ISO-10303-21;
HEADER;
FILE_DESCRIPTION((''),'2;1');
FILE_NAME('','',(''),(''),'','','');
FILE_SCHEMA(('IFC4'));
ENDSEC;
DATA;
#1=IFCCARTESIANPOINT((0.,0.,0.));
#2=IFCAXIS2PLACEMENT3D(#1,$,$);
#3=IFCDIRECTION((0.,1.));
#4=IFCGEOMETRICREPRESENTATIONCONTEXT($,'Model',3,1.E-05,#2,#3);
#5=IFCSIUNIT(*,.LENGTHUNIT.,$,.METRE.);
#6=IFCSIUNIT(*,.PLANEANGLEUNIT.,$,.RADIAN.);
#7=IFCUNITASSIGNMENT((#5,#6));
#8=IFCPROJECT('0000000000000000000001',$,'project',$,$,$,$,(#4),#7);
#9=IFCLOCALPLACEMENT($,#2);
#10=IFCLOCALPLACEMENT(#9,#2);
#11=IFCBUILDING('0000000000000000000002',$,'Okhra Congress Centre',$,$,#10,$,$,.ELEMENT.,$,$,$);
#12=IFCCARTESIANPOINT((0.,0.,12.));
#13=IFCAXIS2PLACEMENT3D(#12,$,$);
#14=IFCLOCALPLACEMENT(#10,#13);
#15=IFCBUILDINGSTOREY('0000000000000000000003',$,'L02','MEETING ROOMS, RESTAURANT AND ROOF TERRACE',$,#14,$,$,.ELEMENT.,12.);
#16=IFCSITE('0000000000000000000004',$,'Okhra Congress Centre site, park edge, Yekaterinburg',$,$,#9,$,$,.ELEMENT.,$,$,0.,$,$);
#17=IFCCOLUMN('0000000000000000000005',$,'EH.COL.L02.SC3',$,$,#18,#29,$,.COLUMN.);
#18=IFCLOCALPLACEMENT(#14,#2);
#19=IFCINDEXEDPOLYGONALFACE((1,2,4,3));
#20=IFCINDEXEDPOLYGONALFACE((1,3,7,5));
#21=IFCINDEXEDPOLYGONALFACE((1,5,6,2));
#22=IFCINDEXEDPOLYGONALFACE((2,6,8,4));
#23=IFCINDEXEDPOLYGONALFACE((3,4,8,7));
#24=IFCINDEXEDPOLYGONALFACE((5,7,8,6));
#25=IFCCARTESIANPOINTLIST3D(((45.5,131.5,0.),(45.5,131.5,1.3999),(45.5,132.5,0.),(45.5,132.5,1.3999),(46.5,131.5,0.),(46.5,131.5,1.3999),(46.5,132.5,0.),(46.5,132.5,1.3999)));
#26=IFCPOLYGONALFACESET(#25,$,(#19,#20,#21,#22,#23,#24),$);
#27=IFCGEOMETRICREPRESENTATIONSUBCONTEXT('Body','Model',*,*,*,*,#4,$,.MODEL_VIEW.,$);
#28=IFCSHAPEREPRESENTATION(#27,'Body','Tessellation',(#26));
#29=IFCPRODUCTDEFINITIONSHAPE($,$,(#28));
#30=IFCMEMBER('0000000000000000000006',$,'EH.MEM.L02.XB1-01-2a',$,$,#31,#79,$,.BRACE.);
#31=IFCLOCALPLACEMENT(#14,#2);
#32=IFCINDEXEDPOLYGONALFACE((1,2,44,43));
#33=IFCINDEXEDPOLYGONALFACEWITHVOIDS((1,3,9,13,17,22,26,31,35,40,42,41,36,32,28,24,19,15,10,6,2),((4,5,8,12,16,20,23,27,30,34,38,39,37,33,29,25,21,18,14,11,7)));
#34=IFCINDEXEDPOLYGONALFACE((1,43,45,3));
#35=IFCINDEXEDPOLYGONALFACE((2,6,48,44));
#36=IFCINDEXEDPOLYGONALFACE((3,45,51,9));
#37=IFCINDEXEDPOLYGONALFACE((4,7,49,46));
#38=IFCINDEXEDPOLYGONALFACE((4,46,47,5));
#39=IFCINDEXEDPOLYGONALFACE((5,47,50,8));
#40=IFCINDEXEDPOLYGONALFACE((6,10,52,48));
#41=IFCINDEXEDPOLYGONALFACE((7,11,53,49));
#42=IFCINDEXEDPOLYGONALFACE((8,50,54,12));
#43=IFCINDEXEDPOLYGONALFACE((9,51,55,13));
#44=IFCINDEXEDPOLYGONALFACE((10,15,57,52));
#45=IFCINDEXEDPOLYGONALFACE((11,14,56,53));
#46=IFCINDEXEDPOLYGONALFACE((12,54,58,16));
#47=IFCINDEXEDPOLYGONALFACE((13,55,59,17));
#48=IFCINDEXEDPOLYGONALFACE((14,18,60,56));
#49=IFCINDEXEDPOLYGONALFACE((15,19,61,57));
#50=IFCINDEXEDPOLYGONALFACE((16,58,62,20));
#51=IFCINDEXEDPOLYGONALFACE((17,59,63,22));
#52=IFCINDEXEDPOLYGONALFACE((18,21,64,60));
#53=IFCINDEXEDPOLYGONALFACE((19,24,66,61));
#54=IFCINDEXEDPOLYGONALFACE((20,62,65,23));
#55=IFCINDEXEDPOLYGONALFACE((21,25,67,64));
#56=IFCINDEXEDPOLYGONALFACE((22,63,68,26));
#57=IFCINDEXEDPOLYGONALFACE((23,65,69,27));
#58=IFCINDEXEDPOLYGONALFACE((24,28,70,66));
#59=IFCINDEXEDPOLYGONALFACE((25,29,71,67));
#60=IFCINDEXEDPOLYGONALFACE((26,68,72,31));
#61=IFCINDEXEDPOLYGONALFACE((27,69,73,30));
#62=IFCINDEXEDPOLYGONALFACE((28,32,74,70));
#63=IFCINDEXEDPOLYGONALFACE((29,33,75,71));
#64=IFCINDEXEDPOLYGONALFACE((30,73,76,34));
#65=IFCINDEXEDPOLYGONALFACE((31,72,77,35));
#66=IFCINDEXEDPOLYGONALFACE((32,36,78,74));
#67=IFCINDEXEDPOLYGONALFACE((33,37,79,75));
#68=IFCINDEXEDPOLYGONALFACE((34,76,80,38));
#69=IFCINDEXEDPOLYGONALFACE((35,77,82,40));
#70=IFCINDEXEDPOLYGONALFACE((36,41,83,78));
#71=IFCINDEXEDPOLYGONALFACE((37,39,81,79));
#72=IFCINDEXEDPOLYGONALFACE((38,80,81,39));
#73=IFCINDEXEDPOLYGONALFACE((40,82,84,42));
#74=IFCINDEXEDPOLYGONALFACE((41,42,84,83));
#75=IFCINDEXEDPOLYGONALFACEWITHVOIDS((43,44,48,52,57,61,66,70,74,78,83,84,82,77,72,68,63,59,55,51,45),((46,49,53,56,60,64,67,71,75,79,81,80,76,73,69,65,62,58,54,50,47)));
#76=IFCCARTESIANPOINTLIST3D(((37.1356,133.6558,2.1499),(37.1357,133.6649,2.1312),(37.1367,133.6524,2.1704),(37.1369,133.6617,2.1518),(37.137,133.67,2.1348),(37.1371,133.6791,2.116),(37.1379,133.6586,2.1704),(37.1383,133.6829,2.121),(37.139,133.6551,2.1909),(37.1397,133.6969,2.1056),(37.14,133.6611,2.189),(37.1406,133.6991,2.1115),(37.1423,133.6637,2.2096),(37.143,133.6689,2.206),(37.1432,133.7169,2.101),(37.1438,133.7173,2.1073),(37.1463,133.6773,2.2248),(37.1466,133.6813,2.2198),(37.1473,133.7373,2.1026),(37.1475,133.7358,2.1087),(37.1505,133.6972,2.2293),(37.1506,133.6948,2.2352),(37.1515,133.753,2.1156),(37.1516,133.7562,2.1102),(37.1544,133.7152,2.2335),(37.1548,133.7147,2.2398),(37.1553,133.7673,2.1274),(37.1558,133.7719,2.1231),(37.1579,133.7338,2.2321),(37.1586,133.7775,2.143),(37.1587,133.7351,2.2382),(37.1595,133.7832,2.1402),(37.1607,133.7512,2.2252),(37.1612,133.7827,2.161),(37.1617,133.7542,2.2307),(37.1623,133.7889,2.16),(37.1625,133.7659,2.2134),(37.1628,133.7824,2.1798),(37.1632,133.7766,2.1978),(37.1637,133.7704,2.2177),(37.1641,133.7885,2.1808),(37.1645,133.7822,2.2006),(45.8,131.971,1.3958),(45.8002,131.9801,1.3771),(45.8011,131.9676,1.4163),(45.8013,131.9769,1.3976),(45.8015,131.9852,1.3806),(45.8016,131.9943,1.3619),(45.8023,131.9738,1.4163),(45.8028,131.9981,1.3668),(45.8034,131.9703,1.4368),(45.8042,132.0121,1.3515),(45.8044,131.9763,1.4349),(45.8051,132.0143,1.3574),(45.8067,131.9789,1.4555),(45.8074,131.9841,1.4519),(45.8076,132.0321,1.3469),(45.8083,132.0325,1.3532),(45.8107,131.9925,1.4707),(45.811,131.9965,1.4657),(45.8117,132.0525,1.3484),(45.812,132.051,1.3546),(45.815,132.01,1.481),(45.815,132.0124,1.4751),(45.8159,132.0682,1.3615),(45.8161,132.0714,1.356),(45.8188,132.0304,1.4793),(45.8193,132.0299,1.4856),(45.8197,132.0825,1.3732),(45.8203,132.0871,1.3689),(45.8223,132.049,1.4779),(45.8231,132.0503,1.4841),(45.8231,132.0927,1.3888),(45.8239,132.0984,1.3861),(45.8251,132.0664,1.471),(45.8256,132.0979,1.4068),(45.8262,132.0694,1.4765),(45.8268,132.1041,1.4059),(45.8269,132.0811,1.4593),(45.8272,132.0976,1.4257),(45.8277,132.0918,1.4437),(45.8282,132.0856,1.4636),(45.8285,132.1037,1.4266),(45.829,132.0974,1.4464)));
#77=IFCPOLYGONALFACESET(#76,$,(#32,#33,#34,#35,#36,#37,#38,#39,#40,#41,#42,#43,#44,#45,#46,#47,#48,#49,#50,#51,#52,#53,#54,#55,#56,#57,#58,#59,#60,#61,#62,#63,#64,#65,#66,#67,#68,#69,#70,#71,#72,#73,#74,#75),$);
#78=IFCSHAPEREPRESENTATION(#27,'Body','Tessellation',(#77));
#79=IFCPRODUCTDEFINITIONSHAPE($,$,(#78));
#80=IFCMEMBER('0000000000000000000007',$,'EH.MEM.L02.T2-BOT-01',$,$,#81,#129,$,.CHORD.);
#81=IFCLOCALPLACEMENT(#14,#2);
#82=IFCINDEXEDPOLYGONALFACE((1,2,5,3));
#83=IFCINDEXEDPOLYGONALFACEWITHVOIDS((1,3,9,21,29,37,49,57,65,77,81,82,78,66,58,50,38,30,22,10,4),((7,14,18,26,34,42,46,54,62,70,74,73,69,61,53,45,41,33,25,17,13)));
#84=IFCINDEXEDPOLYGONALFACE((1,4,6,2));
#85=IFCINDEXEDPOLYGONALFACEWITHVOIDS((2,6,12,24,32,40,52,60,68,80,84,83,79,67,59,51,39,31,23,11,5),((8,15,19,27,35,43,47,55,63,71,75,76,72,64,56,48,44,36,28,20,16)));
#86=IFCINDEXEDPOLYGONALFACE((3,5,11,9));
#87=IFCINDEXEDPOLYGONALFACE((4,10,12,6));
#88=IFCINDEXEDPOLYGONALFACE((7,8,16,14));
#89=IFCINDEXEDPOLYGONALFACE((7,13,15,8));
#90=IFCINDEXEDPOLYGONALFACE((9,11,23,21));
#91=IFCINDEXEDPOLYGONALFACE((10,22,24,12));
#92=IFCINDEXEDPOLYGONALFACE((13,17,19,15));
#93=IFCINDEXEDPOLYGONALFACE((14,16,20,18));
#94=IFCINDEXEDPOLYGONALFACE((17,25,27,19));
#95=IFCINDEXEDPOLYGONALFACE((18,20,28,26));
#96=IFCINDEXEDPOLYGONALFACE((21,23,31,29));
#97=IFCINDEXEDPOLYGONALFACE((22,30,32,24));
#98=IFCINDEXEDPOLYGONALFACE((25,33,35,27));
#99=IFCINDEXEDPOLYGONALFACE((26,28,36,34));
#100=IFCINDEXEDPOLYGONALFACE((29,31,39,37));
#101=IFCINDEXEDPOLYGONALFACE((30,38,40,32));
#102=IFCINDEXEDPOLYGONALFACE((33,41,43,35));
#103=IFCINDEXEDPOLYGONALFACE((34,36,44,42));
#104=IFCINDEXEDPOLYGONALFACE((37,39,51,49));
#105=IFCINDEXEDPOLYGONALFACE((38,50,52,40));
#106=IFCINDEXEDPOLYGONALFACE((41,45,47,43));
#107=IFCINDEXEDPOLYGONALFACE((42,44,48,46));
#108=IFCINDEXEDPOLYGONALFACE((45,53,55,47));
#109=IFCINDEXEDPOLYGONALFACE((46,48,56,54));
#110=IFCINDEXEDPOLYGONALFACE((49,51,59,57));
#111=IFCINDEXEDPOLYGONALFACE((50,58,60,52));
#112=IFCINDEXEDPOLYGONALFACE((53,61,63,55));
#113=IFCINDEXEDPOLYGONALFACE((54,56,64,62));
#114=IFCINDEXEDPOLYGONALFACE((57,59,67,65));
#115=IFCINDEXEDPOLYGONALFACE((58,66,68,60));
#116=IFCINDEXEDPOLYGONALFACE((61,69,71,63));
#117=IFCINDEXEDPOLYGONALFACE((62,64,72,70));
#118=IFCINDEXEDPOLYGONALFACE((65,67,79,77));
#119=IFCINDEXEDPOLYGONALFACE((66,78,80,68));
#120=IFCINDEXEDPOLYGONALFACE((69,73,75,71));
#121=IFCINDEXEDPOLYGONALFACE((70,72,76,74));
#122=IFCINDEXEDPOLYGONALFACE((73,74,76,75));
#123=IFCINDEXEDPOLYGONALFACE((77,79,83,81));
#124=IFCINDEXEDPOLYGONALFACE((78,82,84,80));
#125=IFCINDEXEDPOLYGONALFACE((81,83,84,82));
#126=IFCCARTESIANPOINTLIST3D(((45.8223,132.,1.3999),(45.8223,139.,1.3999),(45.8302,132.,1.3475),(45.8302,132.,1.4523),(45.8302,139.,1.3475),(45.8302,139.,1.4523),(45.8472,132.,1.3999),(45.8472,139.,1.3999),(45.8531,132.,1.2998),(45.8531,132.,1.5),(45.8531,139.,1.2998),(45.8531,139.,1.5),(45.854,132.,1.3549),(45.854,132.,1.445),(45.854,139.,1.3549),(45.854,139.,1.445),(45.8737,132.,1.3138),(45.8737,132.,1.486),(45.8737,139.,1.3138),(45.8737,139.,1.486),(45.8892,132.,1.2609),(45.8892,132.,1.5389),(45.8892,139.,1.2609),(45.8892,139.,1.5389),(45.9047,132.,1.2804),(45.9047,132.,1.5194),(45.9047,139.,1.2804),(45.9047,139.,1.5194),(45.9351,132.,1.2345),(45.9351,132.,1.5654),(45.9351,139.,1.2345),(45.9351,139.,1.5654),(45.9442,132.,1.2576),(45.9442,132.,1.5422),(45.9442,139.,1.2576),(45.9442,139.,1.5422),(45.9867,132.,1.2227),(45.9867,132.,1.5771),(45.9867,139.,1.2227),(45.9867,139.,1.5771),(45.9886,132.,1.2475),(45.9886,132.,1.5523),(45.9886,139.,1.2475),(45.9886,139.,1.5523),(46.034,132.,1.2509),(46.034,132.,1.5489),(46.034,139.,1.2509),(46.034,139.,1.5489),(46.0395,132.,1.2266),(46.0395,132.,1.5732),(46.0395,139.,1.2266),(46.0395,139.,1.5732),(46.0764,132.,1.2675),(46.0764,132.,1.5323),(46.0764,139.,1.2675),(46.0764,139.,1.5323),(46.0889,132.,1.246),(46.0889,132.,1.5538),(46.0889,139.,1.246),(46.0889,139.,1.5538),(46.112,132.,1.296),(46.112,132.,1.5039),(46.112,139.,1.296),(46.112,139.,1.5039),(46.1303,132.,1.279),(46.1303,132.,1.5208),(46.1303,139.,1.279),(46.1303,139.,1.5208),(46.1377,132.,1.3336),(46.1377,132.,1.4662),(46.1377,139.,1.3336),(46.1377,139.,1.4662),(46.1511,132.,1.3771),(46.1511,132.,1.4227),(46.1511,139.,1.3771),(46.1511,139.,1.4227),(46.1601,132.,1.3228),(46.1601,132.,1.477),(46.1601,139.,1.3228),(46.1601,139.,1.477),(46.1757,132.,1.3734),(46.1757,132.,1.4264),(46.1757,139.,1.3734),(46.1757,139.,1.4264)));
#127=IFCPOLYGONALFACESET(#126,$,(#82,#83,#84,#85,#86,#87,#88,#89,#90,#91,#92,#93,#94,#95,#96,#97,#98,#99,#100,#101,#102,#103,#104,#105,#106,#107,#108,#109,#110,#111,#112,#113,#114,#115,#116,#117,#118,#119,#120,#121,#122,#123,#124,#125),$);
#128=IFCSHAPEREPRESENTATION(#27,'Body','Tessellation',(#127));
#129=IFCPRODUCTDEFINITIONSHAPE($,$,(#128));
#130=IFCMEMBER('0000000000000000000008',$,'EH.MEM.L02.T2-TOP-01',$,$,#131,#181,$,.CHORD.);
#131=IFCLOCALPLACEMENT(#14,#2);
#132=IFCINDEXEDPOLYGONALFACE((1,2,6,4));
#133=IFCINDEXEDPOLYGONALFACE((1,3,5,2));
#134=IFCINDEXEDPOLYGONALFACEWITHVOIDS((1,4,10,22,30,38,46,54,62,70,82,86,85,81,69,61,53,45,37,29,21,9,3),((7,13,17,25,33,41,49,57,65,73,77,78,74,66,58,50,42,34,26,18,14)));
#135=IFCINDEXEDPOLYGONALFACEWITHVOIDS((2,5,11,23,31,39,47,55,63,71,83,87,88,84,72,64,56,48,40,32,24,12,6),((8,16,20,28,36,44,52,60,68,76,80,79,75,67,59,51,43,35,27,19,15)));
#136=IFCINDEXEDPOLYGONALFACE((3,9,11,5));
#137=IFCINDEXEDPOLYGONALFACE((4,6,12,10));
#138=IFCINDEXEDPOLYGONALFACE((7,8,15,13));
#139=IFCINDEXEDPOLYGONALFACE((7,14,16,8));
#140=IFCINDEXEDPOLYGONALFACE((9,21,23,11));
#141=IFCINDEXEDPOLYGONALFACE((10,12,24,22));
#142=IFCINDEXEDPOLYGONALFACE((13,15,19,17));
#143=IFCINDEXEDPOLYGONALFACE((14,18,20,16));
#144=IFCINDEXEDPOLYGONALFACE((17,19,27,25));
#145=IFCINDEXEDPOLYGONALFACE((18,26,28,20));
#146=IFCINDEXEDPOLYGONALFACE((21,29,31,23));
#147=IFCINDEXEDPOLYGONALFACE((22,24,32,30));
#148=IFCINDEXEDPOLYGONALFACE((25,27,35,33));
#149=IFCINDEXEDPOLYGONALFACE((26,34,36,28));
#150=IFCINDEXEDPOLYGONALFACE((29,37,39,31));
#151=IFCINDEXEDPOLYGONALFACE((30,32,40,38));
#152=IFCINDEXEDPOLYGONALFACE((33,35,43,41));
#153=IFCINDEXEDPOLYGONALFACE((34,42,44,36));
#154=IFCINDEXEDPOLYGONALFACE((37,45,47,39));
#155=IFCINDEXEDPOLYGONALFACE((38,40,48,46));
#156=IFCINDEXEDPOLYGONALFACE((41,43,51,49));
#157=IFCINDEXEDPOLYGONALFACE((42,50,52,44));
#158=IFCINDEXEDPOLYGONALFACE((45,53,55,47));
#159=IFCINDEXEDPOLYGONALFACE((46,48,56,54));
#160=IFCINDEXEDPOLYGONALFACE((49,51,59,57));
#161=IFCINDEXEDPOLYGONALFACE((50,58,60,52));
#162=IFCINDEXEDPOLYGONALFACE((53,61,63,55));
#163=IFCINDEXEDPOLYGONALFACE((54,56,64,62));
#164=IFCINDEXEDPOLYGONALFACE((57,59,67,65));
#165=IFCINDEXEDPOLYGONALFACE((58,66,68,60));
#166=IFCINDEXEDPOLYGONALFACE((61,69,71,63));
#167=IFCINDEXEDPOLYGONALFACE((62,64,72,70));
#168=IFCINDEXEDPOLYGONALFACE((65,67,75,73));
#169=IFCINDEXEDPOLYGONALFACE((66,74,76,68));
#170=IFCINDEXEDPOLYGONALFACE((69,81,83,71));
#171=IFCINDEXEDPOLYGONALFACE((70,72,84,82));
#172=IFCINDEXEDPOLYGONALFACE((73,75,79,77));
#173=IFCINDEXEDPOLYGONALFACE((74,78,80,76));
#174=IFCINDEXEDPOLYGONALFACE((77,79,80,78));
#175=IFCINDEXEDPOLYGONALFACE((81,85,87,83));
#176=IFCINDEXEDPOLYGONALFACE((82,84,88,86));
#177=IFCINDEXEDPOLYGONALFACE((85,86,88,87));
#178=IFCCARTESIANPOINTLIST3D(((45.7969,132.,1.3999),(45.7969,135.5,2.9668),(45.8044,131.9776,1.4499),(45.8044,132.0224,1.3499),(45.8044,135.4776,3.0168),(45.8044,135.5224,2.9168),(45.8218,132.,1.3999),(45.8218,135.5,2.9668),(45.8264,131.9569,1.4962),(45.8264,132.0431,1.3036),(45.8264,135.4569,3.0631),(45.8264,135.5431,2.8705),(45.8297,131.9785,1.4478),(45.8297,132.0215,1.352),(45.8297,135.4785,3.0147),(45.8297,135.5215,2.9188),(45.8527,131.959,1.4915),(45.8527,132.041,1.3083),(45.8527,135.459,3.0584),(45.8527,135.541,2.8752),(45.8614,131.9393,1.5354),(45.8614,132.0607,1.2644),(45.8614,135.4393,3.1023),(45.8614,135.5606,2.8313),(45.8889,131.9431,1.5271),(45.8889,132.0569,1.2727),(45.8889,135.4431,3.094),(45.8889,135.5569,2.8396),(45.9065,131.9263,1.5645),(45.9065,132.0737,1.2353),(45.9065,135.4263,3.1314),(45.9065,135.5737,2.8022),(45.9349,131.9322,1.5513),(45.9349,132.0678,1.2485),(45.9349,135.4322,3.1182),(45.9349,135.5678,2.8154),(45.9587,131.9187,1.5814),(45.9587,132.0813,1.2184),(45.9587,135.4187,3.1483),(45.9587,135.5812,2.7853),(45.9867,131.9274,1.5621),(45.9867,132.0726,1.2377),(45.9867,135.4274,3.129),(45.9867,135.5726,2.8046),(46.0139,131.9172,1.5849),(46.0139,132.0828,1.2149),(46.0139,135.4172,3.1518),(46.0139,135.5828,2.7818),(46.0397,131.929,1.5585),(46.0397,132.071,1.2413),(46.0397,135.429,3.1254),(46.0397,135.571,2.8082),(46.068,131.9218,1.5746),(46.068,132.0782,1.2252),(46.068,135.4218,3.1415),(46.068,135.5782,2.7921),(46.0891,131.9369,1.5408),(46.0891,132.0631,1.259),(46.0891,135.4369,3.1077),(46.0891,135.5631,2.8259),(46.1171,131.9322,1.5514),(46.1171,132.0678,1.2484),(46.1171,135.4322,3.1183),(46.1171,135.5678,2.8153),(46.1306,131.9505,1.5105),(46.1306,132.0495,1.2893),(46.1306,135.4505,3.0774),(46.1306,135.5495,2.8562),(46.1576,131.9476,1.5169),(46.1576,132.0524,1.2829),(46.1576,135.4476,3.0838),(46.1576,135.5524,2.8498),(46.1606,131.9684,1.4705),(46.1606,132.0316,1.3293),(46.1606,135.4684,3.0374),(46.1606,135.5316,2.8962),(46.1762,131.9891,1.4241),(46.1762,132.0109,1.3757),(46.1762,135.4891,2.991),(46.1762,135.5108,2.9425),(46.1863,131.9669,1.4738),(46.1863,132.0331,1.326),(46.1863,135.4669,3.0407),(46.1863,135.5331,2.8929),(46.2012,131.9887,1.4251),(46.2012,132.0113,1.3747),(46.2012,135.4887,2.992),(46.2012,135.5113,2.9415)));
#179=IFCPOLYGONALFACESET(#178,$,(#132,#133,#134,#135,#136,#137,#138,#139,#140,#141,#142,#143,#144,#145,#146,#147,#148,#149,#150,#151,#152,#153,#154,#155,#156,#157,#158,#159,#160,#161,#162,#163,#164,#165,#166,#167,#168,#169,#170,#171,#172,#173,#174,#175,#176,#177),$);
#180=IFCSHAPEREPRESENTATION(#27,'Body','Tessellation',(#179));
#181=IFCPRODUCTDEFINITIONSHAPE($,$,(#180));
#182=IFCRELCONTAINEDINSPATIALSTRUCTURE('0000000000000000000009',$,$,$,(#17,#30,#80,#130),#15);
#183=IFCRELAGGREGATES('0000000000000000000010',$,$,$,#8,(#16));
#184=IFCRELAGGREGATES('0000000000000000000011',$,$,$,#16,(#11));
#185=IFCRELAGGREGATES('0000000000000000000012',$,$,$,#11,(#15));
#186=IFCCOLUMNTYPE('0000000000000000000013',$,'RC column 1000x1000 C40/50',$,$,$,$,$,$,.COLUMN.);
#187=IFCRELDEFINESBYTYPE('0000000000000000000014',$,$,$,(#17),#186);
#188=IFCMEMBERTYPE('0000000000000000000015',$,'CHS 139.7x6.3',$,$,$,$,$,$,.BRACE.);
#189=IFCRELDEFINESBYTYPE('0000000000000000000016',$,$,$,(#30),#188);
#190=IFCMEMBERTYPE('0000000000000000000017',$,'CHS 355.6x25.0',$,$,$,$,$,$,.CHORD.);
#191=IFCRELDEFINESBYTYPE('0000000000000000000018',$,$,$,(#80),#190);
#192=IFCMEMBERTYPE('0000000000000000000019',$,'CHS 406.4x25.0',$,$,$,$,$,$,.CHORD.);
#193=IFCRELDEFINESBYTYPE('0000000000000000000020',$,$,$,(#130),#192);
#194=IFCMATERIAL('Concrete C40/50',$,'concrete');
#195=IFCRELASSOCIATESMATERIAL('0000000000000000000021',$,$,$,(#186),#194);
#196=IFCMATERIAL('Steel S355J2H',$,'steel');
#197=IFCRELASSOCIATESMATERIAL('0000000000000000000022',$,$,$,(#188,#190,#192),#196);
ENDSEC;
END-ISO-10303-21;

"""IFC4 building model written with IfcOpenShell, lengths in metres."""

from ifc_helpers import new_model, si_unit, direction, frame, origin, origin_2d, place, context, subcontext, project, spatial, rectangle, hollow_circle, extrude, material, material_profile, profile_set, type_object, element, save


model = new_model("IFC4")

# Units and contexts
model_context = context("Model", 3, precision=1e-05, world=origin(), true_north=direction((0.0, 1.0)))
body_context = subcontext(model_context, "Body", "Model", "MODEL_VIEW")
ifc_project = project(units=[si_unit("LENGTHUNIT", "METRE"), si_unit("PLANEANGLEUNIT", "RADIAN")], contexts=[model_context])

# Site, building, storey
site_placement = place(None, origin())
site = spatial("IfcSite", under=ifc_project, at=site_placement, Name="Okhra Congress Centre site, park edge, Yekaterinburg", CompositionType="ELEMENT", RefElevation=0.0)
building_placement = place(site_placement, origin())
building = spatial("IfcBuilding", under=site, at=building_placement, Name="Okhra Congress Centre", CompositionType="ELEMENT")
storey_placement = place(building_placement, frame((0.0, 0.0, 12.0)))
storey = spatial("IfcBuildingStorey", under=building, at=storey_placement, Name="L02", Description="MEETING ROOMS, RESTAURANT AND ROOF TERRACE", CompositionType="ELEMENT", Elevation=12.0)

# Column
ifc_material_1 = material(Name="Concrete C40/50", Category="concrete")
ifc_material_profile_1 = material_profile(ifc_material_1, rectangle(XDim=1.0, YDim=1.0, at=origin_2d()), Name="RC 1000x1000")
ifc_profile_set_1 = profile_set([ifc_material_profile_1], Name="Concrete C40/50")
column_type = type_object("IfcColumnType", Name="RC column 1000x1000 C40/50", PredefinedType="COLUMN", material=ifc_profile_set_1)
column_placement = place(storey_placement, frame((46.0, 132.0, 0.0), z_axis=(0.0, 0.0, 1.0), x_axis=(1.0, 0.0, 0.0)))
element("IfcColumn", 1, at=column_placement, inside=storey, type_object=column_type, Name="EH.COL.L02.SC3", PredefinedType="COLUMN", context=body_context, shape_type="SweptSolid", body=[
    extrude(rectangle(XDim=1.0, YDim=1.0, at=origin_2d()), origin(), (0.0, 0.0, 1.0), 1.3999),
])

# Members
ifc_material_2 = material(Name="Steel S355J2H", Category="steel")
ifc_material_profile_2 = material_profile(ifc_material_2, hollow_circle(Radius=0.0698, WallThickness=0.0063, at=origin_2d()), Name="CHS 139.7x6.3")
ifc_profile_set_2 = profile_set([ifc_material_profile_2], Name="Steel S355J2H")
member_type_1 = type_object("IfcMemberType", Name="CHS 139.7x6.3", PredefinedType="BRACE", material=ifc_profile_set_2)
member_1_placement = place(storey_placement, frame((45.8145, 132.0361, 1.4163), z_axis=(-0.978051, 0.190181, 0.085128), x_axis=(-0.190874, -0.981615, 0.0)))
element("IfcMember", 2, at=member_1_placement, inside=storey, type_object=member_type_1, Name="EH.MEM.L02.XB1-01-2a", PredefinedType="BRACE", context=body_context, shape_type="SweptSolid", body=[
    extrude(hollow_circle(Radius=0.0698, WallThickness=0.0063, at=origin_2d()), origin(), (0.0, 0.0, 1.0), 8.8589),
])
ifc_material_profile_3 = material_profile(ifc_material_2, hollow_circle(Radius=0.1777, WallThickness=0.0249, at=origin_2d()), Name="CHS 355.6x25.0")
ifc_profile_set_3 = profile_set([ifc_material_profile_3], Name="Steel S355J2H")
member_type_2 = type_object("IfcMemberType", Name="CHS 355.6x25.0", PredefinedType="CHORD", material=ifc_profile_set_3)
member_2_placement = place(storey_placement, frame((46.0, 132.0, 1.3999), z_axis=(0.0, 1.0, 0.0), x_axis=(-1.0, 0.0, 0.0)))
element("IfcMember", 3, at=member_2_placement, inside=storey, type_object=member_type_2, Name="EH.MEM.L02.T2-BOT-01", PredefinedType="CHORD", context=body_context, shape_type="SweptSolid", body=[
    extrude(hollow_circle(Radius=0.1777, WallThickness=0.0249, at=origin_2d()), origin(), (0.0, 0.0, 1.0), 7.0),
])
ifc_material_profile_4 = material_profile(ifc_material_2, hollow_circle(Radius=0.2031, WallThickness=0.0249, at=origin_2d()), Name="CHS 406.4x25.0")
ifc_profile_set_4 = profile_set([ifc_material_profile_4], Name="Steel S355J2H")
member_type_3 = type_object("IfcMemberType", Name="CHS 406.4x25.0", PredefinedType="CHORD", material=ifc_profile_set_4)
member_3_placement = place(storey_placement, frame((46.0, 132.0, 1.3999), z_axis=(0.0, 0.912711, 0.408606), x_axis=(-1.0, 0.0, 0.0)))
element("IfcMember", 4, at=member_3_placement, inside=storey, type_object=member_type_3, Name="EH.MEM.L02.T2-TOP-01", PredefinedType="CHORD", context=body_context, shape_type="SweptSolid", body=[
    extrude(hollow_circle(Radius=0.2031, WallThickness=0.0249, at=origin_2d()), origin(), (0.0, 0.0, 1.0), 3.8347),
])

save(model, "model.ifc")
